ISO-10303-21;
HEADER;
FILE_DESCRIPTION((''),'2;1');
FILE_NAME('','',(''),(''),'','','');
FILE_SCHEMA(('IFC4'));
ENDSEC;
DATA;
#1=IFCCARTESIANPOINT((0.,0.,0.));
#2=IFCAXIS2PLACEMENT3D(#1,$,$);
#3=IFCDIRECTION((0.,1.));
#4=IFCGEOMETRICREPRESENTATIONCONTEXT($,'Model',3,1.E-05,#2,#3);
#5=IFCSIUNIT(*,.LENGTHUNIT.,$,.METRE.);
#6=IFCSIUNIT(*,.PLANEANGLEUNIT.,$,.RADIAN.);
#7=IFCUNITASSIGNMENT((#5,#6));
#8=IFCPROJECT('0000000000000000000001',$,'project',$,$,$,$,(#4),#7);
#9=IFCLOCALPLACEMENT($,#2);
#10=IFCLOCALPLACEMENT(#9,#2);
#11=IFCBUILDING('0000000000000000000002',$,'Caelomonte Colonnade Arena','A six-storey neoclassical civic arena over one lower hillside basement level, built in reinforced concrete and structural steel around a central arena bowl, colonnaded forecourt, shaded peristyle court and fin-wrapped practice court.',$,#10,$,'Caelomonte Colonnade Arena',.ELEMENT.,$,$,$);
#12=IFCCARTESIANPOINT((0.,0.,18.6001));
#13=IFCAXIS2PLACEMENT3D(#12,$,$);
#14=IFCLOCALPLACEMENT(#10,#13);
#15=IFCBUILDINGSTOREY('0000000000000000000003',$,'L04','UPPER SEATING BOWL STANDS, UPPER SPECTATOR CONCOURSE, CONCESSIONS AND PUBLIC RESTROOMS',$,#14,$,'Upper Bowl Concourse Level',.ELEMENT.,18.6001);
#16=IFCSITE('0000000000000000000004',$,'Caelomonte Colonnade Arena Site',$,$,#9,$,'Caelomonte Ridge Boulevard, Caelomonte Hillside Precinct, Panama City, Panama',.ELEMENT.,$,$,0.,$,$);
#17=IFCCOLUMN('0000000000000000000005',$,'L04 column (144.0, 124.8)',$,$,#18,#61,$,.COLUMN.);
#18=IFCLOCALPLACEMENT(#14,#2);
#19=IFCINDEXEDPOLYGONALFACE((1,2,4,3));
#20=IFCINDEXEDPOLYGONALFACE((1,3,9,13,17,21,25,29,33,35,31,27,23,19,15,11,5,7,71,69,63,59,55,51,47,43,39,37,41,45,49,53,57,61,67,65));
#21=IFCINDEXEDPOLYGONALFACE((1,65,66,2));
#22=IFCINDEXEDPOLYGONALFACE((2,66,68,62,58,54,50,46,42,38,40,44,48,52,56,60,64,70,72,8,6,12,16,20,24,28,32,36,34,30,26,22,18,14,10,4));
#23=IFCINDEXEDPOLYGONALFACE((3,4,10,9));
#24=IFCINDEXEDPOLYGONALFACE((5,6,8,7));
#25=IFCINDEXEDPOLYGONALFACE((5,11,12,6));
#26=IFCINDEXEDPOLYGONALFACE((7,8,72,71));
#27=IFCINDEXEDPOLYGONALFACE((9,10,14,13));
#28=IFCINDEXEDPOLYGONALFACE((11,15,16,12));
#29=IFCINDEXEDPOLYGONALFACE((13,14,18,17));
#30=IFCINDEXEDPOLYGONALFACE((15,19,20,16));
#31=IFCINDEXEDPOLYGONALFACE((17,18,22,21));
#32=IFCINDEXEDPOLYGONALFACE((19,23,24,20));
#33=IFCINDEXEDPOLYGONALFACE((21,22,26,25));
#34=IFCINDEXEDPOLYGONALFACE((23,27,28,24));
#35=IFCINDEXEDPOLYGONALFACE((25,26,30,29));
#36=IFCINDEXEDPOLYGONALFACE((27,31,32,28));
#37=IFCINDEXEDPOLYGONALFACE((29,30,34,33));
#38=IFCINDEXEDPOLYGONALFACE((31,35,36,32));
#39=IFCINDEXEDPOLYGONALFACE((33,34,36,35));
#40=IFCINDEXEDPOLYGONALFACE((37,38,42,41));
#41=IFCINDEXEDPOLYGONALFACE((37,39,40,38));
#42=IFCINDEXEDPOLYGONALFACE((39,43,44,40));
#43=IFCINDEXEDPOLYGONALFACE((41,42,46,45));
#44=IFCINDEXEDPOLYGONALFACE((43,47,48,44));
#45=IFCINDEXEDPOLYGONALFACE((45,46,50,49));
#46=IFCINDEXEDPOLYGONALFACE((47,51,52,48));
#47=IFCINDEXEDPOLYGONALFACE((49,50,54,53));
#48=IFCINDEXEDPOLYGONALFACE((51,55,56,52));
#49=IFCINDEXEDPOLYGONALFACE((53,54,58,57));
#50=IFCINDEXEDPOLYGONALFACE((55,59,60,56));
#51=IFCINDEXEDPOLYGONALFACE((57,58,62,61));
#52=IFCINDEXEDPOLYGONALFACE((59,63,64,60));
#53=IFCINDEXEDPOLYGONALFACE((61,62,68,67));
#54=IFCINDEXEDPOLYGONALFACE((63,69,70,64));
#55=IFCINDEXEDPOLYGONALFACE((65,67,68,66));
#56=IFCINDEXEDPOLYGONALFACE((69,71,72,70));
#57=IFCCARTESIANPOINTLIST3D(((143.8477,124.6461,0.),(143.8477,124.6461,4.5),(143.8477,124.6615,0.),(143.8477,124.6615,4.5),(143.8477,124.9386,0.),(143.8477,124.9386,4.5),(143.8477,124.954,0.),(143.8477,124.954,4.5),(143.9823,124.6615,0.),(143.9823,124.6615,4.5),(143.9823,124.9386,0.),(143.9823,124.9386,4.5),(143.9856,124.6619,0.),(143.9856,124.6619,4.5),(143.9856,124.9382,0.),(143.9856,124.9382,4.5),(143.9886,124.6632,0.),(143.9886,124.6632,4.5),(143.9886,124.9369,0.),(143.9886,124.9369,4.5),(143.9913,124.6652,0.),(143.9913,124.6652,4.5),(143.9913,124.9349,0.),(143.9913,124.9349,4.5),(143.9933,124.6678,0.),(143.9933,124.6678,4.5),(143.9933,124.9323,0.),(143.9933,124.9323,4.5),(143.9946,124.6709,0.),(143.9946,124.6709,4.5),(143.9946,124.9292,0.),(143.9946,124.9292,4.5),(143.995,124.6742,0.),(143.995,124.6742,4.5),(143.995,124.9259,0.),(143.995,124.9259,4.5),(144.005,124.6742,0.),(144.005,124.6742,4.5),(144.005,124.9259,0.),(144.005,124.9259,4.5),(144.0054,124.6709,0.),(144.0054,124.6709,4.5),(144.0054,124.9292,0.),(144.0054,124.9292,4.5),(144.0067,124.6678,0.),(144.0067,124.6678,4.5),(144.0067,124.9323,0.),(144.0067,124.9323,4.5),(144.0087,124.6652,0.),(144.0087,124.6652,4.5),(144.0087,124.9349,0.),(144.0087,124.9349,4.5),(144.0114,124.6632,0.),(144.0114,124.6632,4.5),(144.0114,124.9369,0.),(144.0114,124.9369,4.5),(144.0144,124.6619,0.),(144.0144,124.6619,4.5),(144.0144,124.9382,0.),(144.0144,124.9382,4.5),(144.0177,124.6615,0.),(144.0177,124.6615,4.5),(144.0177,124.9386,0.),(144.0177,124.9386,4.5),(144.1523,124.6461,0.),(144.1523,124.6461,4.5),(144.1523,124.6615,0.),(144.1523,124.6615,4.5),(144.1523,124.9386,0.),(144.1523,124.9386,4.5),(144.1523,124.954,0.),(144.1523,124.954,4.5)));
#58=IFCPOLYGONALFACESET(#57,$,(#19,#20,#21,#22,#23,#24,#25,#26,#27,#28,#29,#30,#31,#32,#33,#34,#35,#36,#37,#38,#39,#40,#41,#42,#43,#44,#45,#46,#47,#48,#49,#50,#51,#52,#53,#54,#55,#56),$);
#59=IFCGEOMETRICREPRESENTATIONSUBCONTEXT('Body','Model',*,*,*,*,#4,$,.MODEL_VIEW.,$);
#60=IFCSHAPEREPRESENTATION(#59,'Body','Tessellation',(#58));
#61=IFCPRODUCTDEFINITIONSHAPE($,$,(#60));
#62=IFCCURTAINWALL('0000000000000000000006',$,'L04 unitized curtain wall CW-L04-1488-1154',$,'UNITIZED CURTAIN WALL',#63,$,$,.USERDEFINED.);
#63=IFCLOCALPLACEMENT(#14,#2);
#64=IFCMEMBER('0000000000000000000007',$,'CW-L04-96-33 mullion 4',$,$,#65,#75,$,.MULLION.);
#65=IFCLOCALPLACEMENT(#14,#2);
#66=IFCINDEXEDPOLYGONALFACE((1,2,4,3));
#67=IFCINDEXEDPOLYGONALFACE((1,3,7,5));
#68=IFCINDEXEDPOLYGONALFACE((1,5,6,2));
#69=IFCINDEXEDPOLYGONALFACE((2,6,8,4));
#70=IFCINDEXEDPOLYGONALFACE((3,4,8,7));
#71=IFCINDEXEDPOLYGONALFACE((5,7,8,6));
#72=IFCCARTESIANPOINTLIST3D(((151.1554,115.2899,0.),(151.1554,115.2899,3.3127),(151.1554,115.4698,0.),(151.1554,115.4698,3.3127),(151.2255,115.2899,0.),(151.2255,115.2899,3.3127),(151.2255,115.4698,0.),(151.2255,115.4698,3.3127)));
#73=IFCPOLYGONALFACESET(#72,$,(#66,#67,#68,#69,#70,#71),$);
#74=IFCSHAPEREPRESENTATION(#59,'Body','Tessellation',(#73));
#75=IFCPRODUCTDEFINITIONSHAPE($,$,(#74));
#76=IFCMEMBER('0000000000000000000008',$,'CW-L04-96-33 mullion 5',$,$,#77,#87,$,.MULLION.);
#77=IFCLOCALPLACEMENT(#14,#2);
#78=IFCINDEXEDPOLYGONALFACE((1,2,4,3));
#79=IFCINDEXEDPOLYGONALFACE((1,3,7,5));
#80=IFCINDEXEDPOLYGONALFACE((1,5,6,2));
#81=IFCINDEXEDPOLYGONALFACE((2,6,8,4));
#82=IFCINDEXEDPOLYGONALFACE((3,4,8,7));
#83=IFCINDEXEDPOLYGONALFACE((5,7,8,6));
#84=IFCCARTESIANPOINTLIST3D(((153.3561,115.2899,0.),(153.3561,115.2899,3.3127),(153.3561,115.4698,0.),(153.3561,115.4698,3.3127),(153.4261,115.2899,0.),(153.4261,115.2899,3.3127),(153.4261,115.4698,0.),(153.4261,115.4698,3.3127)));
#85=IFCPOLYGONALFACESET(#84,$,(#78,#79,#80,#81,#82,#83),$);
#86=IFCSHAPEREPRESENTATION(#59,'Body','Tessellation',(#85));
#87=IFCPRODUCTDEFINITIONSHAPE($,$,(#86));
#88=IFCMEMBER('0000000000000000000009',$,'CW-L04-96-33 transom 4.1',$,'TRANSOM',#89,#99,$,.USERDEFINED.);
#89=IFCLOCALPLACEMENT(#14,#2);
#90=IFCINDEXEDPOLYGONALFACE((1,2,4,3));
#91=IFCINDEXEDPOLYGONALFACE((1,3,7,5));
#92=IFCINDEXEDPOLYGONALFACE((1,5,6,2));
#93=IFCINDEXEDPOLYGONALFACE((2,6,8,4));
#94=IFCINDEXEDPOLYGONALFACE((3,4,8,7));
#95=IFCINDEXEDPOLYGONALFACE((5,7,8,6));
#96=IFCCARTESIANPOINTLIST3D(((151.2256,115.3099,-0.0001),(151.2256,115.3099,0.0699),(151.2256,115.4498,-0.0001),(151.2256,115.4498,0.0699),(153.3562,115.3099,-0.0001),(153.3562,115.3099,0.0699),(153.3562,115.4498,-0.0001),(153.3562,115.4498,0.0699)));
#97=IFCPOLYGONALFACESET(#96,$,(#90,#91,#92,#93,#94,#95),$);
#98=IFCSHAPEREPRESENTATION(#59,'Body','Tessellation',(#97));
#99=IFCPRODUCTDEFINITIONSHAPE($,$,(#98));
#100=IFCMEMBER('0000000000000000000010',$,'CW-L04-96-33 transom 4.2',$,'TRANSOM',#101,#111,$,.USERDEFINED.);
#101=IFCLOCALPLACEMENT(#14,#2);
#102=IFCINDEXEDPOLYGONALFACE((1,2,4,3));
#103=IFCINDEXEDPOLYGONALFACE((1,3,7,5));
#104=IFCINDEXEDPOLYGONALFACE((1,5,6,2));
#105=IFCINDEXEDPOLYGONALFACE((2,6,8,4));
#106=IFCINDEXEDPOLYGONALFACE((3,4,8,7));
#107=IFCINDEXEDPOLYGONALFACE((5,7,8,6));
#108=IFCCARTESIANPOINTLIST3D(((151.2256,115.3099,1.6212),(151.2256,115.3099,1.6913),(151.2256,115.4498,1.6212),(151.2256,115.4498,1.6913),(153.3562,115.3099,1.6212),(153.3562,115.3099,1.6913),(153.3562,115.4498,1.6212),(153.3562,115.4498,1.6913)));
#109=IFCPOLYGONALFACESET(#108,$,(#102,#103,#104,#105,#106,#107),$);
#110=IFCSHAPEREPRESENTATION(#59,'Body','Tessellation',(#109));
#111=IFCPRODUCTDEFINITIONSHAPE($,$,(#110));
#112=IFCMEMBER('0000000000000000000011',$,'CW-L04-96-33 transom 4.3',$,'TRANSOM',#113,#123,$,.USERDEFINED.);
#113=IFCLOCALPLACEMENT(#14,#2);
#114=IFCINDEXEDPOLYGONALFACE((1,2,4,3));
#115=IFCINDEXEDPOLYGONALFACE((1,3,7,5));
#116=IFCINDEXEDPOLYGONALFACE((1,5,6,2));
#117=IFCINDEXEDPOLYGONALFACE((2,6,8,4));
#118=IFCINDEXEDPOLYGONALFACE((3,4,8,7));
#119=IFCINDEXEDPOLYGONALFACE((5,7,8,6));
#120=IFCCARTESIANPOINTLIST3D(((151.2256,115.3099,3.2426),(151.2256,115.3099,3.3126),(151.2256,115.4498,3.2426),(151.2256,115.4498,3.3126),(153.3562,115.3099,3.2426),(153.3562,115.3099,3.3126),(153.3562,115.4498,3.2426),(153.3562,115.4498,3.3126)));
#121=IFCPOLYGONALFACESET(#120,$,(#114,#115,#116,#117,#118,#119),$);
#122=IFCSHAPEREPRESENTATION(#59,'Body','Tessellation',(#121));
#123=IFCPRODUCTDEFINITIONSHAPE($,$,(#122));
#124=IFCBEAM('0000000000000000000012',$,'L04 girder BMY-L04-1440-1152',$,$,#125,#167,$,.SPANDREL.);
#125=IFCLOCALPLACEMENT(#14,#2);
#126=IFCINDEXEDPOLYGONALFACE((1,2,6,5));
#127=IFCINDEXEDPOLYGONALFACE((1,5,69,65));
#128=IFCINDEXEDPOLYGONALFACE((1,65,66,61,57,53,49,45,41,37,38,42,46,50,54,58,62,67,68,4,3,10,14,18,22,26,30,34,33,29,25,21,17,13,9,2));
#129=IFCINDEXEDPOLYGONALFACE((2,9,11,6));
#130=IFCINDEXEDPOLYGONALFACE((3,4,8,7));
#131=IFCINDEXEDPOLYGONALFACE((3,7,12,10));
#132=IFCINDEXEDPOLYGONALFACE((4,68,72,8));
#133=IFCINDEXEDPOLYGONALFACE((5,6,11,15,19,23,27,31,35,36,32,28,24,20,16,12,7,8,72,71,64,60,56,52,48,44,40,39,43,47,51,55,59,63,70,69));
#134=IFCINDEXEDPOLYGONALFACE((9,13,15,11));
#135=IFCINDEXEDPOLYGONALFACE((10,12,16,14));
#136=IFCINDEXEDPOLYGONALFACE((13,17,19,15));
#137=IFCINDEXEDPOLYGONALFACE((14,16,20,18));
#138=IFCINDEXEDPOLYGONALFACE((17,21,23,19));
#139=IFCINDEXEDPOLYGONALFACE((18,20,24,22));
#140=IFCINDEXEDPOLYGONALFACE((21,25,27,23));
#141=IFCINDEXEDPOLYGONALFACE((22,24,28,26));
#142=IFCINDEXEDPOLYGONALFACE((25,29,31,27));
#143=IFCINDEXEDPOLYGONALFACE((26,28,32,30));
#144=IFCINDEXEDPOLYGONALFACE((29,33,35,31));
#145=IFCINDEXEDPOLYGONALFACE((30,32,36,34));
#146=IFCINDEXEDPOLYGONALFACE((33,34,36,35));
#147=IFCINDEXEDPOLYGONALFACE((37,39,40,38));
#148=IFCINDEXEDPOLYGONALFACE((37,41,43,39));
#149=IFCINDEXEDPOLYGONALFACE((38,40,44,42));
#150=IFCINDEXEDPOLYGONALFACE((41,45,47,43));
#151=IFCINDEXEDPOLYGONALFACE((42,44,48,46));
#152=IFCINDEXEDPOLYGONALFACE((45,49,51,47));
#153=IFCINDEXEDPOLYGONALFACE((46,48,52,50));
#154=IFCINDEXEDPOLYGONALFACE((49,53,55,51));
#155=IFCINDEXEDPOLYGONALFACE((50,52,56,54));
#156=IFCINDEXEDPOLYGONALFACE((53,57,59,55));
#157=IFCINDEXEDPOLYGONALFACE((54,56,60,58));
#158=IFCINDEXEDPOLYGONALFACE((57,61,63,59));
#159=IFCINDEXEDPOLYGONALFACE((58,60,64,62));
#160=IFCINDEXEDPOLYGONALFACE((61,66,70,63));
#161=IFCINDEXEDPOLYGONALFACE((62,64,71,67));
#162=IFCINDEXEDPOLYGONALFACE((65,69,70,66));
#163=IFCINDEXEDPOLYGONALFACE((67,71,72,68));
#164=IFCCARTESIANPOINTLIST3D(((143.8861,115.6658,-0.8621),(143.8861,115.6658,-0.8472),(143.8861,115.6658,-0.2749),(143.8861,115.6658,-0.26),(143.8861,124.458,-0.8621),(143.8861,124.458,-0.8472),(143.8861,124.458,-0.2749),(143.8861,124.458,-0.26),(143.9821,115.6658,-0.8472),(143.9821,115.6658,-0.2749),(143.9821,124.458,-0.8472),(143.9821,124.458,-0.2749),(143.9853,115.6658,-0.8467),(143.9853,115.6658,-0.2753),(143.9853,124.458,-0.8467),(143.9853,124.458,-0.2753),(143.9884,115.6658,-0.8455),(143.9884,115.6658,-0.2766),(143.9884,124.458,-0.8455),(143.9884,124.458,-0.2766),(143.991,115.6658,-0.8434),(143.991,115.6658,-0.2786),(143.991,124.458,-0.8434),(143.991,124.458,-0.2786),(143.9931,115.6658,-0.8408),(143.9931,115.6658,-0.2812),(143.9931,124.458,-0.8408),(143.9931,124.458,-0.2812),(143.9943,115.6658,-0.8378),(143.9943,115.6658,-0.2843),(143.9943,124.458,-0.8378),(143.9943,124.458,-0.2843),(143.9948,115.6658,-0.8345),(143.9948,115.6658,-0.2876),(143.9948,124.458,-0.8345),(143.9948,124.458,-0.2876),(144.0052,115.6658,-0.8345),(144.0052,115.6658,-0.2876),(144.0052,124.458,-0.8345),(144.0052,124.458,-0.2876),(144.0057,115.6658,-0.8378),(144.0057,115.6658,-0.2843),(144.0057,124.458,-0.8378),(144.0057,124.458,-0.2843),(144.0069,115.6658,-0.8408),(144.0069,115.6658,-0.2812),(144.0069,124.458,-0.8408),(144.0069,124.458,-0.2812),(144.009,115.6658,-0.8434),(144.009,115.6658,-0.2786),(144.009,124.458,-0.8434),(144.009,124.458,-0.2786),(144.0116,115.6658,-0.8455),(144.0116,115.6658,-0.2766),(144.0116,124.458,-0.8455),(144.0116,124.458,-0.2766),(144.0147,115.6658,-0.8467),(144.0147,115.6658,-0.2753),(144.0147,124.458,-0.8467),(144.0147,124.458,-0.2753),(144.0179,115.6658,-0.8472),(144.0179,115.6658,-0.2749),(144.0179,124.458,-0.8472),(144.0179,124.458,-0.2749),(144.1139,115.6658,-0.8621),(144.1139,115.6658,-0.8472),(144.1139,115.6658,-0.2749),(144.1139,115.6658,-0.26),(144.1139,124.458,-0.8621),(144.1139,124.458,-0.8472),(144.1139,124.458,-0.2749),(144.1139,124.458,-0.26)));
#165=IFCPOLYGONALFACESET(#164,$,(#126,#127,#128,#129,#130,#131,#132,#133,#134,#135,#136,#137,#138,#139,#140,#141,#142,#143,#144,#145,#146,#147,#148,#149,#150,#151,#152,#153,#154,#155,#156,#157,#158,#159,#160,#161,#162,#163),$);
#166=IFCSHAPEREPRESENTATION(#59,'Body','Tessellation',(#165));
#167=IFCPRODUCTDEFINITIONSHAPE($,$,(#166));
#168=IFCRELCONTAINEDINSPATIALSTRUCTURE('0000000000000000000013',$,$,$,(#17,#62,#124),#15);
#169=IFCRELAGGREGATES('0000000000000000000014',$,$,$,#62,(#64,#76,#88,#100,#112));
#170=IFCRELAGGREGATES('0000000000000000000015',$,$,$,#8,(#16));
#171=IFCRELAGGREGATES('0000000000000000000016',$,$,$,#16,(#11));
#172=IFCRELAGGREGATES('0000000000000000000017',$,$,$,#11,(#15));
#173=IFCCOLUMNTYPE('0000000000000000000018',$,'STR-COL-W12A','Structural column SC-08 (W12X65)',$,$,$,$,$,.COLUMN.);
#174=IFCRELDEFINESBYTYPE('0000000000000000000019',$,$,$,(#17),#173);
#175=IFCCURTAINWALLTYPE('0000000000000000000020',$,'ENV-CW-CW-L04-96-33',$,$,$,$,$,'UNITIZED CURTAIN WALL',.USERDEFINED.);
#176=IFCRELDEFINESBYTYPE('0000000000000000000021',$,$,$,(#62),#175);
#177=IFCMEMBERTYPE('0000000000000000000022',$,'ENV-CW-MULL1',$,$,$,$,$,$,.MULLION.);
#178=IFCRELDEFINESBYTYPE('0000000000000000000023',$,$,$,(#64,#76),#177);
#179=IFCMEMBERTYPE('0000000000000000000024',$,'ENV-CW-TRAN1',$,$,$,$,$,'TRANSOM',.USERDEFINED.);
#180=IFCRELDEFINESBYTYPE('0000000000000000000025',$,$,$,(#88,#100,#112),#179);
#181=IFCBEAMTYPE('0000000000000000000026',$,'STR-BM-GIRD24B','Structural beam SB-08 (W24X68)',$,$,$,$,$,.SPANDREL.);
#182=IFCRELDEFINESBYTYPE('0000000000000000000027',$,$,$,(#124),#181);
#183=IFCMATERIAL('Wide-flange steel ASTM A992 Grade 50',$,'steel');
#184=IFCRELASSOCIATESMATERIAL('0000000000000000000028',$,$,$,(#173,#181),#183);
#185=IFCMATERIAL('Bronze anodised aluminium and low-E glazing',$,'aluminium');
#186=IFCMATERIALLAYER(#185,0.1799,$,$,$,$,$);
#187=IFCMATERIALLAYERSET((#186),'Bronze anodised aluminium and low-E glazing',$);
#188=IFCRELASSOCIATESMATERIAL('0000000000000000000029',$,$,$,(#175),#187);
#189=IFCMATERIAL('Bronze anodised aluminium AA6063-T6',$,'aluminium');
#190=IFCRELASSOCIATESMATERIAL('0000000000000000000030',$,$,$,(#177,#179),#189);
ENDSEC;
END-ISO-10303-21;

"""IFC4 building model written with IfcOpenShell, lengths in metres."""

from ifc_helpers import new_model, si_unit, direction, frame, origin, origin_2d, place, context, subcontext, project, spatial, rectangle, i_section, extrude, material, layer, layer_set, material_profile, profile_set, type_object, element, aggregate, save


model = new_model("IFC4")

# Units and contexts
model_context = context("Model", 3, precision=1e-05, world=origin(), true_north=direction((0.0, 1.0)))
body_context = subcontext(model_context, "Body", "Model", "MODEL_VIEW")
ifc_project = project(units=[si_unit("LENGTHUNIT", "METRE"), si_unit("PLANEANGLEUNIT", "RADIAN")], contexts=[model_context])

# Site, building, storey
site_placement = place(None, origin())
site = spatial("IfcSite", under=ifc_project, at=site_placement, Name="Caelomonte Colonnade Arena Site", LongName="Caelomonte Ridge Boulevard, Caelomonte Hillside Precinct, Panama City, Panama", CompositionType="ELEMENT", RefElevation=0.0)
building_placement = place(site_placement, origin())
building = spatial("IfcBuilding", under=site, at=building_placement, Name="Caelomonte Colonnade Arena", Description="A six-storey neoclassical civic arena over one lower hillside basement level, built in reinforced concrete and structural steel around a central arena bowl, colonnaded forecourt, shaded peristyle court and fin-wrapped practice court.", LongName="Caelomonte Colonnade Arena", CompositionType="ELEMENT")
storey_placement = place(building_placement, frame((0.0, 0.0, 18.6001)))
storey = spatial("IfcBuildingStorey", under=building, at=storey_placement, Name="L04", Description="UPPER SEATING BOWL STANDS, UPPER SPECTATOR CONCOURSE, CONCESSIONS AND PUBLIC RESTROOMS", LongName="Upper Bowl Concourse Level", CompositionType="ELEMENT", Elevation=18.6001)

# Column
ifc_material_1 = material(Name="Wide-flange steel ASTM A992 Grade 50", Category="steel")
ifc_material_profile_1 = material_profile(ifc_material_1, i_section(OverallWidth=0.3047, OverallDepth=0.3079, WebThickness=0.01, FlangeThickness=0.0154, FilletRadius=0.0127, at=origin_2d()), Name="W12X65")
ifc_profile_set_1 = profile_set([ifc_material_profile_1], Name="Wide-flange steel ASTM A992 Grade 50")
column_type = type_object("IfcColumnType", Name="STR-COL-W12A", Description="Structural column SC-08 (W12X65)", PredefinedType="COLUMN", material=ifc_profile_set_1)
column_placement = place(storey_placement, frame((144.0, 124.8, 0.0), z_axis=(0.0, 0.0, 1.0), x_axis=(1.0, 0.0, 0.0)))
element("IfcColumn", 1, at=column_placement, inside=storey, type_object=column_type, Name="L04 column (144.0, 124.8)", PredefinedType="COLUMN", context=body_context, shape_type="SweptSolid", body=[
    extrude(i_section(OverallWidth=0.3047, OverallDepth=0.3079, WebThickness=0.01, FlangeThickness=0.0154, FilletRadius=0.0127, at=origin_2d()), origin(), (0.0, 0.0, 1.0), 4.5),
])

# Curtain wall, members
ifc_material_2 = material(Name="Bronze anodised aluminium and low-E glazing", Category="aluminium")
ifc_layer_1 = layer(ifc_material_2, 0.1799)
ifc_layer_set_1 = layer_set([ifc_layer_1], Name="Bronze anodised aluminium and low-E glazing")
curtain_wall_type = type_object("IfcCurtainWallType", Name="ENV-CW-CW-L04-96-33", ElementType="UNITIZED CURTAIN WALL", PredefinedType="USERDEFINED", material=ifc_layer_set_1)
curtain_wall_placement = place(storey_placement, origin())
curtain_wall = element("IfcCurtainWall", 2, at=curtain_wall_placement, inside=storey, type_object=curtain_wall_type, Name="L04 unitized curtain wall CW-L04-1488-1154", ObjectType="UNITIZED CURTAIN WALL", PredefinedType="USERDEFINED")
ifc_material_3 = material(Name="Bronze anodised aluminium AA6063-T6", Category="aluminium")
ifc_material_profile_2 = material_profile(ifc_material_3, rectangle(XDim=0.0701, YDim=0.1799, at=origin_2d()), Name="CWM-70X180")
ifc_profile_set_2 = profile_set([ifc_material_profile_2], Name="Bronze anodised aluminium AA6063-T6")
member_type_1 = type_object("IfcMemberType", Name="ENV-CW-MULL1", PredefinedType="MULLION", material=ifc_profile_set_2)
member_1_placement = place(storey_placement, frame((151.1904, 115.3799, 0.0), z_axis=(0.0, 0.0, 1.0), x_axis=(1.0, 0.0, 0.0)))
member_1 = element("IfcMember", 3, at=member_1_placement, type_object=member_type_1, Name="CW-L04-96-33 mullion 4", PredefinedType="MULLION", context=body_context, shape_type="SweptSolid", body=[
    extrude(rectangle(XDim=0.0701, YDim=0.1799, at=origin_2d()), origin(), (0.0, 0.0, 1.0), 3.3127),
])
member_2_placement = place(storey_placement, frame((153.3911, 115.3799, 0.0), z_axis=(0.0, 0.0, 1.0), x_axis=(1.0, 0.0, 0.0)))
member_2 = element("IfcMember", 4, at=member_2_placement, type_object=member_type_1, Name="CW-L04-96-33 mullion 5", PredefinedType="MULLION", context=body_context, shape_type="SweptSolid", body=[
    extrude(rectangle(XDim=0.0701, YDim=0.1799, at=origin_2d()), origin(), (0.0, 0.0, 1.0), 3.3127),
])
ifc_material_profile_3 = material_profile(ifc_material_3, rectangle(XDim=0.0701, YDim=0.1399, at=origin_2d()), Name="CWT-70X140")
ifc_profile_set_3 = profile_set([ifc_material_profile_3], Name="Bronze anodised aluminium AA6063-T6")
member_type_2 = type_object("IfcMemberType", Name="ENV-CW-TRAN1", ElementType="TRANSOM", PredefinedType="USERDEFINED", material=ifc_profile_set_3)
member_3_placement = place(storey_placement, frame((151.2256, 115.3799, 0.0349), z_axis=(1.0, 0.0, 0.0), x_axis=(0.0, 0.0, 1.0)))
member_3 = element("IfcMember", 5, at=member_3_placement, type_object=member_type_2, Name="CW-L04-96-33 transom 4.1", ObjectType="TRANSOM", PredefinedType="USERDEFINED", context=body_context, shape_type="SweptSolid", body=[
    extrude(rectangle(XDim=0.0701, YDim=0.1399, at=origin_2d()), origin(), (0.0, 0.0, 1.0), 2.1306),
])
member_4_placement = place(storey_placement, frame((151.2256, 115.3799, 1.6562), z_axis=(1.0, 0.0, 0.0), x_axis=(0.0, 0.0, 1.0)))
member_4 = element("IfcMember", 6, at=member_4_placement, type_object=member_type_2, Name="CW-L04-96-33 transom 4.2", ObjectType="TRANSOM", PredefinedType="USERDEFINED", context=body_context, shape_type="SweptSolid", body=[
    extrude(rectangle(XDim=0.0701, YDim=0.1399, at=origin_2d()), origin(), (0.0, 0.0, 1.0), 2.1306),
])
member_5_placement = place(storey_placement, frame((151.2256, 115.3799, 3.2776), z_axis=(1.0, 0.0, 0.0), x_axis=(0.0, 0.0, 1.0)))
member_5 = element("IfcMember", 7, at=member_5_placement, type_object=member_type_2, Name="CW-L04-96-33 transom 4.3", ObjectType="TRANSOM", PredefinedType="USERDEFINED", context=body_context, shape_type="SweptSolid", body=[
    extrude(rectangle(XDim=0.0701, YDim=0.1399, at=origin_2d()), origin(), (0.0, 0.0, 1.0), 2.1306),
])

# Beam
ifc_material_profile_4 = material_profile(ifc_material_1, i_section(OverallWidth=0.2278, OverallDepth=0.6021, WebThickness=0.0105, FlangeThickness=0.0149, FilletRadius=0.0127, at=origin_2d()), Name="W24X68")
ifc_profile_set_4 = profile_set([ifc_material_profile_4], Name="Wide-flange steel ASTM A992 Grade 50")
beam_type_1 = type_object("IfcBeamType", Name="STR-BM-GIRD24B", Description="Structural beam SB-08 (W24X68)", PredefinedType="SPANDREL", material=ifc_profile_set_4)
beam_1_placement = place(storey_placement, frame((144.0, 115.6658, -0.561), z_axis=(0.0, 1.0, 0.0), x_axis=(-1.0, 0.0, 0.0)))
element("IfcBeam", 8, at=beam_1_placement, inside=storey, type_object=beam_type_1, Name="L04 girder BMY-L04-1440-1152", PredefinedType="SPANDREL", context=body_context, shape_type="SweptSolid", body=[
    extrude(i_section(OverallWidth=0.2278, OverallDepth=0.6021, WebThickness=0.0105, FlangeThickness=0.0149, FilletRadius=0.0127, at=origin_2d()), origin(), (0.0, 0.0, 1.0), 8.7922),
])

aggregate(curtain_wall, [member_1, member_2, member_3, member_4, member_5])

save(model, "model.ifc")
